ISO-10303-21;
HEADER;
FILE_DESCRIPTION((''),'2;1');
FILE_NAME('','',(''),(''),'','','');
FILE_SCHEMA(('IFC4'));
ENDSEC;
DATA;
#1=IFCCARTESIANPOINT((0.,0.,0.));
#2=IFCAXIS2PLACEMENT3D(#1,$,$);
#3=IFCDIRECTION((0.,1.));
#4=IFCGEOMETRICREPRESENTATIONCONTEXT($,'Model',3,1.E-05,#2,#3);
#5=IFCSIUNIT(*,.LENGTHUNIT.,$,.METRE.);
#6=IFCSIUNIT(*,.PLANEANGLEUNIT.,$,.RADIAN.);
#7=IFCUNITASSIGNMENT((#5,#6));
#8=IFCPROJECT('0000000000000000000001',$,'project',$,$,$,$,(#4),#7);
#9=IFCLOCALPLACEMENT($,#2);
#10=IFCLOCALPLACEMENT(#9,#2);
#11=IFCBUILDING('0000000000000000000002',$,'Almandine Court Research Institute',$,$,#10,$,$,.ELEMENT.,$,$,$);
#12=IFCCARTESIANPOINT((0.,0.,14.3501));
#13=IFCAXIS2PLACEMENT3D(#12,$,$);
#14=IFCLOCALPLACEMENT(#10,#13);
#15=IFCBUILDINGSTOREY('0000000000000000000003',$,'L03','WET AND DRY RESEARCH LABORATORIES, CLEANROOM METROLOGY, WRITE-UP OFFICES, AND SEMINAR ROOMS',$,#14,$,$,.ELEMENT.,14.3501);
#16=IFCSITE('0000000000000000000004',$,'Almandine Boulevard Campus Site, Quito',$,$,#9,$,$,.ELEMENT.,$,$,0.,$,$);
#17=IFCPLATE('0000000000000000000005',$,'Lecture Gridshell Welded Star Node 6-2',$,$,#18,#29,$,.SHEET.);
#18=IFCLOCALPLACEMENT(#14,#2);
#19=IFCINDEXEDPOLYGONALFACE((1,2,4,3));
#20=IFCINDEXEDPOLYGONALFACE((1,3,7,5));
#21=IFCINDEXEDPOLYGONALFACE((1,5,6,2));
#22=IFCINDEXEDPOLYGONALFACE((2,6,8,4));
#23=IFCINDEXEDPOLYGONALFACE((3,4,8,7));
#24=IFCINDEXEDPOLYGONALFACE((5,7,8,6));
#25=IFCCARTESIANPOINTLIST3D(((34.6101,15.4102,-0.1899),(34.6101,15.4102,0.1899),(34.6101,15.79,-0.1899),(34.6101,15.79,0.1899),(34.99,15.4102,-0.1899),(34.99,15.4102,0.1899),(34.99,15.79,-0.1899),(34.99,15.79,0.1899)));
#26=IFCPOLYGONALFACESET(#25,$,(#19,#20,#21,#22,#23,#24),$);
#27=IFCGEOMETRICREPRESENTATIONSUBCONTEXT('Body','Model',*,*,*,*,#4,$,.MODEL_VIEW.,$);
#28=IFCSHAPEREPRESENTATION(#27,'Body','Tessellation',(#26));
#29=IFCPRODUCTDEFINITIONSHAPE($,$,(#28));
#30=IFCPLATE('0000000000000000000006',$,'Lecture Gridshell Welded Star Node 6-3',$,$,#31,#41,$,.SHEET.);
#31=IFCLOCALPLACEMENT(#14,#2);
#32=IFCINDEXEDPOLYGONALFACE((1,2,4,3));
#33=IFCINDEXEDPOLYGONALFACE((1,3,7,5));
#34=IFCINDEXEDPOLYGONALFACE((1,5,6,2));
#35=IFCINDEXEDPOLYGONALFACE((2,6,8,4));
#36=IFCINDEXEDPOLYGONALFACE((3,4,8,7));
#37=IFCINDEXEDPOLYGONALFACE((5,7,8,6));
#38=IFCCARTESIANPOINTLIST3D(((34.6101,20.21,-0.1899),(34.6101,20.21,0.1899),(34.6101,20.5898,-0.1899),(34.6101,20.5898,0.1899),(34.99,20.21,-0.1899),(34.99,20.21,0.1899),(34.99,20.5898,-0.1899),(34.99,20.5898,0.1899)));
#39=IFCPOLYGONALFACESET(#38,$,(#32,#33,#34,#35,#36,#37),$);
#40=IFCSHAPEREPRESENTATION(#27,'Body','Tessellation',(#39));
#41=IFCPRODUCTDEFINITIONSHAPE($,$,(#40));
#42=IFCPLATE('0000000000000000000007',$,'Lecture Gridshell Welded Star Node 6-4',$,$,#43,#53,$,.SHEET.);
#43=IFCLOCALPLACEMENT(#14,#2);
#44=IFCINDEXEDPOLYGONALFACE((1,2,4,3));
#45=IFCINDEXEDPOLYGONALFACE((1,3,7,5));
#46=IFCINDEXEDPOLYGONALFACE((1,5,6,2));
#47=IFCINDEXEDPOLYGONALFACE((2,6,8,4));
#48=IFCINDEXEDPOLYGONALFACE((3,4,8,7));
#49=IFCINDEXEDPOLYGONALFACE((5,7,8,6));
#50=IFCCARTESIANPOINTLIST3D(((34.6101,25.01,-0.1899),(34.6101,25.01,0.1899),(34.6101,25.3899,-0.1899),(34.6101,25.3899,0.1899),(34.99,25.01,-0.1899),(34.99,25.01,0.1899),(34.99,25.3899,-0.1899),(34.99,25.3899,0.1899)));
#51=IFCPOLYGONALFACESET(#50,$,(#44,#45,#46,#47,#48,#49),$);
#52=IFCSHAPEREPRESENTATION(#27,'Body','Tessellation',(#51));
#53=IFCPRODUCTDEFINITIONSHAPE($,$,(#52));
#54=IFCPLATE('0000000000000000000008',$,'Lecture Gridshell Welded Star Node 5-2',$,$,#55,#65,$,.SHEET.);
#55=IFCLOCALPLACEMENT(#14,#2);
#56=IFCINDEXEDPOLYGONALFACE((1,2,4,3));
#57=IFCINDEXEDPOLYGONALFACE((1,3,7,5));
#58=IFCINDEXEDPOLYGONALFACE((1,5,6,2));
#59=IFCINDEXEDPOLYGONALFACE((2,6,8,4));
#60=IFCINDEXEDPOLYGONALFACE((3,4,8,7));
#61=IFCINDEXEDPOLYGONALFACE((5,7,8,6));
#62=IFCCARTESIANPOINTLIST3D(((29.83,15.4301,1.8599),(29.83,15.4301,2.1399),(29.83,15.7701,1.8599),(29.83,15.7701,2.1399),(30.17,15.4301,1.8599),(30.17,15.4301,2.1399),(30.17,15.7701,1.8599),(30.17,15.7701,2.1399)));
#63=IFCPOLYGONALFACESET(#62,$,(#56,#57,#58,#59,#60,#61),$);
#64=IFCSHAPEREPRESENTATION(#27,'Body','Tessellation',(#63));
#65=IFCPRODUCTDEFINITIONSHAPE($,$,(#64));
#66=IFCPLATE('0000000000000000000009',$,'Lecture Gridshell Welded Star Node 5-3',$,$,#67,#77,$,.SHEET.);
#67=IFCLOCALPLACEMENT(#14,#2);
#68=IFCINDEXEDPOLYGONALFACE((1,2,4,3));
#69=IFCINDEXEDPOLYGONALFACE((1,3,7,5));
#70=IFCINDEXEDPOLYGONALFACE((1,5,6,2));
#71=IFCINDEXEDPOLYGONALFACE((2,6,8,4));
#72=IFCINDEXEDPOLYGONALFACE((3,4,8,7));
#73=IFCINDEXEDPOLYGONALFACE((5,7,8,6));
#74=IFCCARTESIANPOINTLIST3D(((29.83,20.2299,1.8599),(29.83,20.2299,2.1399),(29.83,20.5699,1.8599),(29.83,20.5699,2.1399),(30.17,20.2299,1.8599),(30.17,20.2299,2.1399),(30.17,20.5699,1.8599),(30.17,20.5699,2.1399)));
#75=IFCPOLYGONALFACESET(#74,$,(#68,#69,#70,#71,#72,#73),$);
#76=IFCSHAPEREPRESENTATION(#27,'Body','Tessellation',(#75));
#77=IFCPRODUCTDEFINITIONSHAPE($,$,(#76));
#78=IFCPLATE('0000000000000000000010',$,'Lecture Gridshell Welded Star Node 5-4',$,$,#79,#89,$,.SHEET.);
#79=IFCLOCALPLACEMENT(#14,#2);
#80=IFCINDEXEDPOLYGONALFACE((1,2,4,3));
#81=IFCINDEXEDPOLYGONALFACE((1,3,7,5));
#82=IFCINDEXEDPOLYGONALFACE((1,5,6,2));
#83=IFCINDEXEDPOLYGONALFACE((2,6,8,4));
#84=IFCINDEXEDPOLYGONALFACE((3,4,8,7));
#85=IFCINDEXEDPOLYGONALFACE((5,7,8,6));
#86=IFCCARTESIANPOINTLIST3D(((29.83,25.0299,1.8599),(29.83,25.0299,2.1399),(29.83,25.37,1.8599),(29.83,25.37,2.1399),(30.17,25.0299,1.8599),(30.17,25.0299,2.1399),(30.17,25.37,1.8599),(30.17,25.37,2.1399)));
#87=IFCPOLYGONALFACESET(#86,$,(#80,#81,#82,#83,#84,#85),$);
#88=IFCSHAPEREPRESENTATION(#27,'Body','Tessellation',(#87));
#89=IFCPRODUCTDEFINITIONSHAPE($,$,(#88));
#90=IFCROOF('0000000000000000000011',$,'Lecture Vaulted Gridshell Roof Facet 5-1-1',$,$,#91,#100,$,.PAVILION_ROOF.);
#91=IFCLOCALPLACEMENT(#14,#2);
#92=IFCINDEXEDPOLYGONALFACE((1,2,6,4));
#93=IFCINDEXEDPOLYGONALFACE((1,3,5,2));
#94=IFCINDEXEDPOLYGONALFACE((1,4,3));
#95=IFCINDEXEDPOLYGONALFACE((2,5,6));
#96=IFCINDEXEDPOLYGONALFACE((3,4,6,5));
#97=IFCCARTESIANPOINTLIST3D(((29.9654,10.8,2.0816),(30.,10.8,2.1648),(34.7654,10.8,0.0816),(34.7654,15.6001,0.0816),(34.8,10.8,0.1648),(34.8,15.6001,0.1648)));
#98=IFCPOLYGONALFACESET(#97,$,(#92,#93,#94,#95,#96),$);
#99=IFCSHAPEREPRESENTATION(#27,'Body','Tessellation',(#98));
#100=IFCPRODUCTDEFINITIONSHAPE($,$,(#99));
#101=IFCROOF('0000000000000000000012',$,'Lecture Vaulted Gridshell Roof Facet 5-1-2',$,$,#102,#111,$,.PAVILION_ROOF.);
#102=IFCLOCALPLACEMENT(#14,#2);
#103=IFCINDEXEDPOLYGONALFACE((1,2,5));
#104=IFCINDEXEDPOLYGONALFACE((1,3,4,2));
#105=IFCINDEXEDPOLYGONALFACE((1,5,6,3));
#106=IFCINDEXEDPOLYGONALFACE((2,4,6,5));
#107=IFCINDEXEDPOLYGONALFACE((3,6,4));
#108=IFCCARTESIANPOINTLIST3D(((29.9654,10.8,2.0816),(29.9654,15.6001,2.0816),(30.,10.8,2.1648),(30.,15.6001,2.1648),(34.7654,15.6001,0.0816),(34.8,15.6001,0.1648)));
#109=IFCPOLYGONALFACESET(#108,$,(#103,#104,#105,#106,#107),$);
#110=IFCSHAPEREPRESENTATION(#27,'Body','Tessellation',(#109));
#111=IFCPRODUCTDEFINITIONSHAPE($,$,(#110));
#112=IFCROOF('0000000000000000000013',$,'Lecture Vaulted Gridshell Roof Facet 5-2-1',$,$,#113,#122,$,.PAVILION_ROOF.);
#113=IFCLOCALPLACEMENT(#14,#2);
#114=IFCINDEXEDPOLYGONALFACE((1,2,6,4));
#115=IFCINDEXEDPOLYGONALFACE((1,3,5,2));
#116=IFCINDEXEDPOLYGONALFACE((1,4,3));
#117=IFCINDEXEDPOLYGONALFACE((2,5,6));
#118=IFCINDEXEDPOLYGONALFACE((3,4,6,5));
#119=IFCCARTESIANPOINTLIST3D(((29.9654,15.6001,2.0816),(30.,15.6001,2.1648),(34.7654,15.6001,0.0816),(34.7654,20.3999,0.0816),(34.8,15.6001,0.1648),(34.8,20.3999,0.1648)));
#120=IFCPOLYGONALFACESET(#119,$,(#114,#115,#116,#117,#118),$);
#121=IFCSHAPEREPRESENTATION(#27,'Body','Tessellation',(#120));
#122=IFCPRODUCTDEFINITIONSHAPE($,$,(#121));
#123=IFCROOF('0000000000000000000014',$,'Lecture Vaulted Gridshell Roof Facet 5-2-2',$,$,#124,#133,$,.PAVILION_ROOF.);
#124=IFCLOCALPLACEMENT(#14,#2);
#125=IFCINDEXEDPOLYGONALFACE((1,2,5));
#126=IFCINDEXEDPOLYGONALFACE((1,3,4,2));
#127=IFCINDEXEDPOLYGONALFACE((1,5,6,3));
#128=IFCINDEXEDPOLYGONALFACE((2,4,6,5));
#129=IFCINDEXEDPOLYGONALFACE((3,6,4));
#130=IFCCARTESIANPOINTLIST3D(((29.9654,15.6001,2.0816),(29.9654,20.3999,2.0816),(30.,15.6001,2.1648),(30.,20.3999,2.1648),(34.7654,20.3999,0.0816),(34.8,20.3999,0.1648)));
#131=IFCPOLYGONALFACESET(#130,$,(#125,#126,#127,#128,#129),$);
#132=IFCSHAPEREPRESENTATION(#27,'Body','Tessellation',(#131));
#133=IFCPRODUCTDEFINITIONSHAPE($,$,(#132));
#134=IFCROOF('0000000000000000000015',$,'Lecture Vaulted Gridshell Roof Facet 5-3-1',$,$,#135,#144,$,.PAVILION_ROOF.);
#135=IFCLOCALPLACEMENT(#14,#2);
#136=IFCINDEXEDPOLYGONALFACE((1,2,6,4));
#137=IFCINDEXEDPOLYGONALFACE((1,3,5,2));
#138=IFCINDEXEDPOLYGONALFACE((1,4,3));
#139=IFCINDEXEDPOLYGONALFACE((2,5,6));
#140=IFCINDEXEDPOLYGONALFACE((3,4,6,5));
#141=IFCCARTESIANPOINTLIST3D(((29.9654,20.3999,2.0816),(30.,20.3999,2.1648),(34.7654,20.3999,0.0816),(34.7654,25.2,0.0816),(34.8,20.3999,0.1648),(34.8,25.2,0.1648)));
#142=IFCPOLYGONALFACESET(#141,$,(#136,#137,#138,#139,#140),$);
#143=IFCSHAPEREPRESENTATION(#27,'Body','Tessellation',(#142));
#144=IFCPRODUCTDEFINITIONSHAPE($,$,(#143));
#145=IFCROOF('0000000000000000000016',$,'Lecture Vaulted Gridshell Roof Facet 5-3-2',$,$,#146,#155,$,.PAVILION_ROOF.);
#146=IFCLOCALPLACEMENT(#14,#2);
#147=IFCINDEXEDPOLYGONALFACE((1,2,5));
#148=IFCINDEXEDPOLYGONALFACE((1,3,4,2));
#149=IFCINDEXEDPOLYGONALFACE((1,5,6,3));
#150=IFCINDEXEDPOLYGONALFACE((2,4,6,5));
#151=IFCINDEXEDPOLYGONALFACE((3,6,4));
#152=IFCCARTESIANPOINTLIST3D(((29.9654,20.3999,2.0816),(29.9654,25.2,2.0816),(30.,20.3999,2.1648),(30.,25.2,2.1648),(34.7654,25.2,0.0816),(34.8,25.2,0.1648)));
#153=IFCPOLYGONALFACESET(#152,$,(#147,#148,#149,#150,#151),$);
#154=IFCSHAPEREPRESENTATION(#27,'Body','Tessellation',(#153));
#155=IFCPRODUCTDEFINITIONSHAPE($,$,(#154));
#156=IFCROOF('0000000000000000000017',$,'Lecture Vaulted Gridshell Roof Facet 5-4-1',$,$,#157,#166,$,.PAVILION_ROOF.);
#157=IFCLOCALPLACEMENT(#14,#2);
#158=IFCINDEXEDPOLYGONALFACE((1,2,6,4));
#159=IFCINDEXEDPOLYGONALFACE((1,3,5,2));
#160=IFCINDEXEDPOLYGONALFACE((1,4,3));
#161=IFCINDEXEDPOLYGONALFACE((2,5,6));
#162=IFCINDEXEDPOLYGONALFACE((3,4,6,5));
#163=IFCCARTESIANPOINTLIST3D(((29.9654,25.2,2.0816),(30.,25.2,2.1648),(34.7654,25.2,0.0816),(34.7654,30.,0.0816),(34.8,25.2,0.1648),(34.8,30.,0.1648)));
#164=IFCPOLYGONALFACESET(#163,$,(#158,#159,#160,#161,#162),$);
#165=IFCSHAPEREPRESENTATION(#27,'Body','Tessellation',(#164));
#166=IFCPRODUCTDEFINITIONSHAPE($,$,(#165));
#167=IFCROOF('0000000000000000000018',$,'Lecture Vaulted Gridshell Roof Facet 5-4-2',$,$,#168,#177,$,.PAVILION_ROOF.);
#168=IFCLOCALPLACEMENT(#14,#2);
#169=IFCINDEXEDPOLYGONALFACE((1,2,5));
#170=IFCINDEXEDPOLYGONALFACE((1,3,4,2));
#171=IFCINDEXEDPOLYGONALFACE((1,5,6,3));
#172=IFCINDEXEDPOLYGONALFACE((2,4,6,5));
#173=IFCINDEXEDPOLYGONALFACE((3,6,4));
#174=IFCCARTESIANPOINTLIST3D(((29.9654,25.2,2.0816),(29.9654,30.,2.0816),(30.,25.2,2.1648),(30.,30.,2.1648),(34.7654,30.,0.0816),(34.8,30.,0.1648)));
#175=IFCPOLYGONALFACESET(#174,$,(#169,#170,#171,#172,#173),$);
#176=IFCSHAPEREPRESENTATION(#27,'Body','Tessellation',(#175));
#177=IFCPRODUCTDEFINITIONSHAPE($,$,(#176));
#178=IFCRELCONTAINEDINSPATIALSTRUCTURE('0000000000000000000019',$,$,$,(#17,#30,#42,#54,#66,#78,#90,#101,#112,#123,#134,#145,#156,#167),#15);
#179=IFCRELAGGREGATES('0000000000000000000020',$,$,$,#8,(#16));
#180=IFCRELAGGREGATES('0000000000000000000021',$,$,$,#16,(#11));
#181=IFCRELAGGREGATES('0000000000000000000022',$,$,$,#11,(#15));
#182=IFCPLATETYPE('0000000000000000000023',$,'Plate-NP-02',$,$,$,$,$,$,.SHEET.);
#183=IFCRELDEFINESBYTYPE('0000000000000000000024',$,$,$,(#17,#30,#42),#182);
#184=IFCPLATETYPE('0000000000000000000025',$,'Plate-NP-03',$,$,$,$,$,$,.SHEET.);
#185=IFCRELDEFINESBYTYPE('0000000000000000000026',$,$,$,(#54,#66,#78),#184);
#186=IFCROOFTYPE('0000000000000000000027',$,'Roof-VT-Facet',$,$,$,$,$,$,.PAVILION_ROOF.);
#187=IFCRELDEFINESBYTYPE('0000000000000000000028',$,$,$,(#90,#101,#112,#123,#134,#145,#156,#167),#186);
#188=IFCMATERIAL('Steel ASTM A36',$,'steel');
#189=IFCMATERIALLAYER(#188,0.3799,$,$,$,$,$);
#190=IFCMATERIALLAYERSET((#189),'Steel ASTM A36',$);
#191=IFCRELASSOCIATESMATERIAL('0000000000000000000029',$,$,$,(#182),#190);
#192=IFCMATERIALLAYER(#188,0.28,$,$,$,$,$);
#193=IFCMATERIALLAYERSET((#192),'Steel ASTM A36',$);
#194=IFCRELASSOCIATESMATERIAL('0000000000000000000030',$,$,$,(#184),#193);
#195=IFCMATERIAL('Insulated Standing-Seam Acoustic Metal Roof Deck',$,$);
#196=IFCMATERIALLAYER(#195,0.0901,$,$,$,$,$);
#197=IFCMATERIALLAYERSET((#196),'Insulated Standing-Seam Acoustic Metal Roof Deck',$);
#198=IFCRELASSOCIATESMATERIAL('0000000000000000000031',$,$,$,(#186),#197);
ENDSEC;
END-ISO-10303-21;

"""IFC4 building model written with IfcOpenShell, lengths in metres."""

from ifc_helpers import new_model, si_unit, direction, frame, origin, origin_2d, place, context, subcontext, project, spatial, polyline, rectangle, outline, extrude, material, layer, layer_set, type_object, element, save


model = new_model("IFC4")

# Units and contexts
model_context = context("Model", 3, precision=1e-05, world=origin(), true_north=direction((0.0, 1.0)))
body_context = subcontext(model_context, "Body", "Model", "MODEL_VIEW")
ifc_project = project(units=[si_unit("LENGTHUNIT", "METRE"), si_unit("PLANEANGLEUNIT", "RADIAN")], contexts=[model_context])

# Site, building, storey
site_placement = place(None, origin())
site = spatial("IfcSite", under=ifc_project, at=site_placement, Name="Almandine Boulevard Campus Site, Quito", CompositionType="ELEMENT", RefElevation=0.0)
building_placement = place(site_placement, origin())
building = spatial("IfcBuilding", under=site, at=building_placement, Name="Almandine Court Research Institute", CompositionType="ELEMENT")
storey_placement = place(building_placement, frame((0.0, 0.0, 14.3501)))
storey = spatial("IfcBuildingStorey", under=building, at=storey_placement, Name="L03", Description="WET AND DRY RESEARCH LABORATORIES, CLEANROOM METROLOGY, WRITE-UP OFFICES, AND SEMINAR ROOMS", CompositionType="ELEMENT", Elevation=14.3501)

# Plates
ifc_material_1 = material(Name="Steel ASTM A36", Category="steel")
ifc_layer_1 = layer(ifc_material_1, 0.3799)
ifc_layer_set_1 = layer_set([ifc_layer_1], Name="Steel ASTM A36")
plate_type_1 = type_object("IfcPlateType", Name="Plate-NP-02", PredefinedType="SHEET", material=ifc_layer_set_1)
for number, where, z_axis, x_axis, name in (
    (1, (34.8, 15.6001, -0.1899), (0.0, 0.0, 1.0), (1.0, 0.0, 0.0), "Lecture Gridshell Welded Star Node 6-2"),
    (2, (34.8, 20.3999, -0.1899), (0.0, 0.0, 1.0), (1.0, 0.0, 0.0), "Lecture Gridshell Welded Star Node 6-3"),
    (3, (34.8, 25.2, -0.1899), (0.0, 0.0, 1.0), (1.0, 0.0, 0.0), "Lecture Gridshell Welded Star Node 6-4"),
):
    element("IfcPlate", number, at=place(storey_placement, frame(where, z_axis=z_axis, x_axis=x_axis)), inside=storey, type_object=plate_type_1, Name=name, PredefinedType="SHEET", context=body_context, shape_type="SweptSolid", body=[
        extrude(rectangle(XDim=0.3799, YDim=0.3799, at=origin_2d()), origin(), (0.0, 0.0, 1.0), 0.3799),
    ])
ifc_layer_2 = layer(ifc_material_1, 0.28)
ifc_layer_set_2 = layer_set([ifc_layer_2], Name="Steel ASTM A36")
plate_type_2 = type_object("IfcPlateType", Name="Plate-NP-03", PredefinedType="SHEET", material=ifc_layer_set_2)
for number, where, z_axis, x_axis, name in (
    (4, (30.0, 15.6001, 1.8599), (0.0, 0.0, 1.0), (1.0, 0.0, 0.0), "Lecture Gridshell Welded Star Node 5-2"),
    (5, (30.0, 20.3999, 1.8599), (0.0, 0.0, 1.0), (1.0, 0.0, 0.0), "Lecture Gridshell Welded Star Node 5-3"),
    (6, (30.0, 25.2, 1.8599), (0.0, 0.0, 1.0), (1.0, 0.0, 0.0), "Lecture Gridshell Welded Star Node 5-4"),
):
    element("IfcPlate", number, at=place(storey_placement, frame(where, z_axis=z_axis, x_axis=x_axis)), inside=storey, type_object=plate_type_2, Name=name, PredefinedType="SHEET", context=body_context, shape_type="SweptSolid", body=[
        extrude(rectangle(XDim=0.3401, YDim=0.3401, at=origin_2d()), origin(), (0.0, 0.0, 1.0), 0.28),
    ])

# Roofs
ifc_material_2 = material(Name="Insulated Standing-Seam Acoustic Metal Roof Deck")
ifc_layer_3 = layer(ifc_material_2, 0.0901)
ifc_layer_set_3 = layer_set([ifc_layer_3], Name="Insulated Standing-Seam Acoustic Metal Roof Deck")
roof_type = type_object("IfcRoofType", Name="Roof-VT-Facet", PredefinedType="PAVILION_ROOF", material=ifc_layer_set_3)
roof_1_placement = place(storey_placement, frame((30.0, 10.8, 2.1648), z_axis=(0.384612, 0.0, 0.923078), x_axis=(0.923078, 0.0, -0.384612)))
element("IfcRoof", 7, at=roof_1_placement, inside=storey, type_object=roof_type, Name="Lecture Vaulted Gridshell Roof Facet 5-1-1", PredefinedType="PAVILION_ROOF", context=body_context, shape_type="SweptSolid", body=[
    extrude(outline(polyline([(0.0, 0.0), (5.2, 0.0), (5.2, 4.8), (0.0, 0.0)])), origin(), (0.0, 0.0, -1.0), 0.0901),
])
roof_2_placement = place(storey_placement, frame((30.0, 10.8, 2.1648), z_axis=(0.384612, 0.0, 0.923078), x_axis=(0.678281, 0.678281, -0.282614)))
element("IfcRoof", 8, at=roof_2_placement, inside=storey, type_object=roof_type, Name="Lecture Vaulted Gridshell Roof Facet 5-1-2", PredefinedType="PAVILION_ROOF", context=body_context, shape_type="SweptSolid", body=[
    extrude(outline(polyline([(0.0, 0.0), (7.0768, 0.0), (3.2558, 3.5271), (0.0, 0.0)])), origin(), (0.0, 0.0, -1.0), 0.0901),
])
roof_3_placement = place(storey_placement, frame((30.0, 15.6001, 2.1648), z_axis=(0.384612, 0.0, 0.923078), x_axis=(0.923078, 0.0, -0.384612)))
element("IfcRoof", 9, at=roof_3_placement, inside=storey, type_object=roof_type, Name="Lecture Vaulted Gridshell Roof Facet 5-2-1", PredefinedType="PAVILION_ROOF", context=body_context, shape_type="SweptSolid", body=[
    extrude(outline(polyline([(0.0, 0.0), (5.2, 0.0), (5.2, 4.7998), (0.0, 0.0)])), origin(), (0.0, 0.0, -1.0), 0.0901),
])
roof_4_placement = place(storey_placement, frame((30.0, 15.6001, 2.1648), z_axis=(0.384612, 0.0, 0.923078), x_axis=(0.678297, 0.678262, -0.282621)))
element("IfcRoof", 10, at=roof_4_placement, inside=storey, type_object=roof_type, Name="Lecture Vaulted Gridshell Roof Facet 5-2-2", PredefinedType="PAVILION_ROOF", context=body_context, shape_type="SweptSolid", body=[
    extrude(outline(polyline([(0.0, 0.0), (7.0766, 0.0), (3.2555, 3.527), (0.0, 0.0)])), origin(), (0.0, 0.0, -1.0), 0.0901),
])
roof_5_placement = place(storey_placement, frame((30.0, 20.3999, 2.1648), z_axis=(0.384612, 0.0, 0.923078), x_axis=(0.923078, 0.0, -0.384612)))
element("IfcRoof", 11, at=roof_5_placement, inside=storey, type_object=roof_type, Name="Lecture Vaulted Gridshell Roof Facet 5-3-1", PredefinedType="PAVILION_ROOF", context=body_context, shape_type="SweptSolid", body=[
    extrude(outline(polyline([(0.0, 0.0), (5.2, 0.0), (5.2, 4.8), (0.0, 0.0)])), origin(), (0.0, 0.0, -1.0), 0.0901),
])
roof_6_placement = place(storey_placement, frame((30.0, 20.3999, 2.1648), z_axis=(0.384612, 0.0, 0.923078), x_axis=(0.678281, 0.678281, -0.282614)))
element("IfcRoof", 12, at=roof_6_placement, inside=storey, type_object=roof_type, Name="Lecture Vaulted Gridshell Roof Facet 5-3-2", PredefinedType="PAVILION_ROOF", context=body_context, shape_type="SweptSolid", body=[
    extrude(outline(polyline([(0.0, 0.0), (7.0768, 0.0), (3.2558, 3.5271), (0.0, 0.0)])), origin(), (0.0, 0.0, -1.0), 0.0901),
])
roof_7_placement = place(storey_placement, frame((30.0, 25.2, 2.1648), z_axis=(0.384612, 0.0, 0.923078), x_axis=(0.923078, 0.0, -0.384612)))
element("IfcRoof", 13, at=roof_7_placement, inside=storey, type_object=roof_type, Name="Lecture Vaulted Gridshell Roof Facet 5-4-1", PredefinedType="PAVILION_ROOF", context=body_context, shape_type="SweptSolid", body=[
    extrude(outline(polyline([(0.0, 0.0), (5.2, 0.0), (5.2, 4.8), (0.0, 0.0)])), origin(), (0.0, 0.0, -1.0), 0.0901),
])
roof_8_placement = place(storey_placement, frame((30.0, 25.2, 2.1648), z_axis=(0.384612, 0.0, 0.923078), x_axis=(0.678281, 0.678281, -0.282614)))
element("IfcRoof", 14, at=roof_8_placement, inside=storey, type_object=roof_type, Name="Lecture Vaulted Gridshell Roof Facet 5-4-2", PredefinedType="PAVILION_ROOF", context=body_context, shape_type="SweptSolid", body=[
    extrude(outline(polyline([(0.0, 0.0), (7.0768, 0.0), (3.2558, 3.5271), (0.0, 0.0)])), origin(), (0.0, 0.0, -1.0), 0.0901),
])

save(model, "model.ifc")
